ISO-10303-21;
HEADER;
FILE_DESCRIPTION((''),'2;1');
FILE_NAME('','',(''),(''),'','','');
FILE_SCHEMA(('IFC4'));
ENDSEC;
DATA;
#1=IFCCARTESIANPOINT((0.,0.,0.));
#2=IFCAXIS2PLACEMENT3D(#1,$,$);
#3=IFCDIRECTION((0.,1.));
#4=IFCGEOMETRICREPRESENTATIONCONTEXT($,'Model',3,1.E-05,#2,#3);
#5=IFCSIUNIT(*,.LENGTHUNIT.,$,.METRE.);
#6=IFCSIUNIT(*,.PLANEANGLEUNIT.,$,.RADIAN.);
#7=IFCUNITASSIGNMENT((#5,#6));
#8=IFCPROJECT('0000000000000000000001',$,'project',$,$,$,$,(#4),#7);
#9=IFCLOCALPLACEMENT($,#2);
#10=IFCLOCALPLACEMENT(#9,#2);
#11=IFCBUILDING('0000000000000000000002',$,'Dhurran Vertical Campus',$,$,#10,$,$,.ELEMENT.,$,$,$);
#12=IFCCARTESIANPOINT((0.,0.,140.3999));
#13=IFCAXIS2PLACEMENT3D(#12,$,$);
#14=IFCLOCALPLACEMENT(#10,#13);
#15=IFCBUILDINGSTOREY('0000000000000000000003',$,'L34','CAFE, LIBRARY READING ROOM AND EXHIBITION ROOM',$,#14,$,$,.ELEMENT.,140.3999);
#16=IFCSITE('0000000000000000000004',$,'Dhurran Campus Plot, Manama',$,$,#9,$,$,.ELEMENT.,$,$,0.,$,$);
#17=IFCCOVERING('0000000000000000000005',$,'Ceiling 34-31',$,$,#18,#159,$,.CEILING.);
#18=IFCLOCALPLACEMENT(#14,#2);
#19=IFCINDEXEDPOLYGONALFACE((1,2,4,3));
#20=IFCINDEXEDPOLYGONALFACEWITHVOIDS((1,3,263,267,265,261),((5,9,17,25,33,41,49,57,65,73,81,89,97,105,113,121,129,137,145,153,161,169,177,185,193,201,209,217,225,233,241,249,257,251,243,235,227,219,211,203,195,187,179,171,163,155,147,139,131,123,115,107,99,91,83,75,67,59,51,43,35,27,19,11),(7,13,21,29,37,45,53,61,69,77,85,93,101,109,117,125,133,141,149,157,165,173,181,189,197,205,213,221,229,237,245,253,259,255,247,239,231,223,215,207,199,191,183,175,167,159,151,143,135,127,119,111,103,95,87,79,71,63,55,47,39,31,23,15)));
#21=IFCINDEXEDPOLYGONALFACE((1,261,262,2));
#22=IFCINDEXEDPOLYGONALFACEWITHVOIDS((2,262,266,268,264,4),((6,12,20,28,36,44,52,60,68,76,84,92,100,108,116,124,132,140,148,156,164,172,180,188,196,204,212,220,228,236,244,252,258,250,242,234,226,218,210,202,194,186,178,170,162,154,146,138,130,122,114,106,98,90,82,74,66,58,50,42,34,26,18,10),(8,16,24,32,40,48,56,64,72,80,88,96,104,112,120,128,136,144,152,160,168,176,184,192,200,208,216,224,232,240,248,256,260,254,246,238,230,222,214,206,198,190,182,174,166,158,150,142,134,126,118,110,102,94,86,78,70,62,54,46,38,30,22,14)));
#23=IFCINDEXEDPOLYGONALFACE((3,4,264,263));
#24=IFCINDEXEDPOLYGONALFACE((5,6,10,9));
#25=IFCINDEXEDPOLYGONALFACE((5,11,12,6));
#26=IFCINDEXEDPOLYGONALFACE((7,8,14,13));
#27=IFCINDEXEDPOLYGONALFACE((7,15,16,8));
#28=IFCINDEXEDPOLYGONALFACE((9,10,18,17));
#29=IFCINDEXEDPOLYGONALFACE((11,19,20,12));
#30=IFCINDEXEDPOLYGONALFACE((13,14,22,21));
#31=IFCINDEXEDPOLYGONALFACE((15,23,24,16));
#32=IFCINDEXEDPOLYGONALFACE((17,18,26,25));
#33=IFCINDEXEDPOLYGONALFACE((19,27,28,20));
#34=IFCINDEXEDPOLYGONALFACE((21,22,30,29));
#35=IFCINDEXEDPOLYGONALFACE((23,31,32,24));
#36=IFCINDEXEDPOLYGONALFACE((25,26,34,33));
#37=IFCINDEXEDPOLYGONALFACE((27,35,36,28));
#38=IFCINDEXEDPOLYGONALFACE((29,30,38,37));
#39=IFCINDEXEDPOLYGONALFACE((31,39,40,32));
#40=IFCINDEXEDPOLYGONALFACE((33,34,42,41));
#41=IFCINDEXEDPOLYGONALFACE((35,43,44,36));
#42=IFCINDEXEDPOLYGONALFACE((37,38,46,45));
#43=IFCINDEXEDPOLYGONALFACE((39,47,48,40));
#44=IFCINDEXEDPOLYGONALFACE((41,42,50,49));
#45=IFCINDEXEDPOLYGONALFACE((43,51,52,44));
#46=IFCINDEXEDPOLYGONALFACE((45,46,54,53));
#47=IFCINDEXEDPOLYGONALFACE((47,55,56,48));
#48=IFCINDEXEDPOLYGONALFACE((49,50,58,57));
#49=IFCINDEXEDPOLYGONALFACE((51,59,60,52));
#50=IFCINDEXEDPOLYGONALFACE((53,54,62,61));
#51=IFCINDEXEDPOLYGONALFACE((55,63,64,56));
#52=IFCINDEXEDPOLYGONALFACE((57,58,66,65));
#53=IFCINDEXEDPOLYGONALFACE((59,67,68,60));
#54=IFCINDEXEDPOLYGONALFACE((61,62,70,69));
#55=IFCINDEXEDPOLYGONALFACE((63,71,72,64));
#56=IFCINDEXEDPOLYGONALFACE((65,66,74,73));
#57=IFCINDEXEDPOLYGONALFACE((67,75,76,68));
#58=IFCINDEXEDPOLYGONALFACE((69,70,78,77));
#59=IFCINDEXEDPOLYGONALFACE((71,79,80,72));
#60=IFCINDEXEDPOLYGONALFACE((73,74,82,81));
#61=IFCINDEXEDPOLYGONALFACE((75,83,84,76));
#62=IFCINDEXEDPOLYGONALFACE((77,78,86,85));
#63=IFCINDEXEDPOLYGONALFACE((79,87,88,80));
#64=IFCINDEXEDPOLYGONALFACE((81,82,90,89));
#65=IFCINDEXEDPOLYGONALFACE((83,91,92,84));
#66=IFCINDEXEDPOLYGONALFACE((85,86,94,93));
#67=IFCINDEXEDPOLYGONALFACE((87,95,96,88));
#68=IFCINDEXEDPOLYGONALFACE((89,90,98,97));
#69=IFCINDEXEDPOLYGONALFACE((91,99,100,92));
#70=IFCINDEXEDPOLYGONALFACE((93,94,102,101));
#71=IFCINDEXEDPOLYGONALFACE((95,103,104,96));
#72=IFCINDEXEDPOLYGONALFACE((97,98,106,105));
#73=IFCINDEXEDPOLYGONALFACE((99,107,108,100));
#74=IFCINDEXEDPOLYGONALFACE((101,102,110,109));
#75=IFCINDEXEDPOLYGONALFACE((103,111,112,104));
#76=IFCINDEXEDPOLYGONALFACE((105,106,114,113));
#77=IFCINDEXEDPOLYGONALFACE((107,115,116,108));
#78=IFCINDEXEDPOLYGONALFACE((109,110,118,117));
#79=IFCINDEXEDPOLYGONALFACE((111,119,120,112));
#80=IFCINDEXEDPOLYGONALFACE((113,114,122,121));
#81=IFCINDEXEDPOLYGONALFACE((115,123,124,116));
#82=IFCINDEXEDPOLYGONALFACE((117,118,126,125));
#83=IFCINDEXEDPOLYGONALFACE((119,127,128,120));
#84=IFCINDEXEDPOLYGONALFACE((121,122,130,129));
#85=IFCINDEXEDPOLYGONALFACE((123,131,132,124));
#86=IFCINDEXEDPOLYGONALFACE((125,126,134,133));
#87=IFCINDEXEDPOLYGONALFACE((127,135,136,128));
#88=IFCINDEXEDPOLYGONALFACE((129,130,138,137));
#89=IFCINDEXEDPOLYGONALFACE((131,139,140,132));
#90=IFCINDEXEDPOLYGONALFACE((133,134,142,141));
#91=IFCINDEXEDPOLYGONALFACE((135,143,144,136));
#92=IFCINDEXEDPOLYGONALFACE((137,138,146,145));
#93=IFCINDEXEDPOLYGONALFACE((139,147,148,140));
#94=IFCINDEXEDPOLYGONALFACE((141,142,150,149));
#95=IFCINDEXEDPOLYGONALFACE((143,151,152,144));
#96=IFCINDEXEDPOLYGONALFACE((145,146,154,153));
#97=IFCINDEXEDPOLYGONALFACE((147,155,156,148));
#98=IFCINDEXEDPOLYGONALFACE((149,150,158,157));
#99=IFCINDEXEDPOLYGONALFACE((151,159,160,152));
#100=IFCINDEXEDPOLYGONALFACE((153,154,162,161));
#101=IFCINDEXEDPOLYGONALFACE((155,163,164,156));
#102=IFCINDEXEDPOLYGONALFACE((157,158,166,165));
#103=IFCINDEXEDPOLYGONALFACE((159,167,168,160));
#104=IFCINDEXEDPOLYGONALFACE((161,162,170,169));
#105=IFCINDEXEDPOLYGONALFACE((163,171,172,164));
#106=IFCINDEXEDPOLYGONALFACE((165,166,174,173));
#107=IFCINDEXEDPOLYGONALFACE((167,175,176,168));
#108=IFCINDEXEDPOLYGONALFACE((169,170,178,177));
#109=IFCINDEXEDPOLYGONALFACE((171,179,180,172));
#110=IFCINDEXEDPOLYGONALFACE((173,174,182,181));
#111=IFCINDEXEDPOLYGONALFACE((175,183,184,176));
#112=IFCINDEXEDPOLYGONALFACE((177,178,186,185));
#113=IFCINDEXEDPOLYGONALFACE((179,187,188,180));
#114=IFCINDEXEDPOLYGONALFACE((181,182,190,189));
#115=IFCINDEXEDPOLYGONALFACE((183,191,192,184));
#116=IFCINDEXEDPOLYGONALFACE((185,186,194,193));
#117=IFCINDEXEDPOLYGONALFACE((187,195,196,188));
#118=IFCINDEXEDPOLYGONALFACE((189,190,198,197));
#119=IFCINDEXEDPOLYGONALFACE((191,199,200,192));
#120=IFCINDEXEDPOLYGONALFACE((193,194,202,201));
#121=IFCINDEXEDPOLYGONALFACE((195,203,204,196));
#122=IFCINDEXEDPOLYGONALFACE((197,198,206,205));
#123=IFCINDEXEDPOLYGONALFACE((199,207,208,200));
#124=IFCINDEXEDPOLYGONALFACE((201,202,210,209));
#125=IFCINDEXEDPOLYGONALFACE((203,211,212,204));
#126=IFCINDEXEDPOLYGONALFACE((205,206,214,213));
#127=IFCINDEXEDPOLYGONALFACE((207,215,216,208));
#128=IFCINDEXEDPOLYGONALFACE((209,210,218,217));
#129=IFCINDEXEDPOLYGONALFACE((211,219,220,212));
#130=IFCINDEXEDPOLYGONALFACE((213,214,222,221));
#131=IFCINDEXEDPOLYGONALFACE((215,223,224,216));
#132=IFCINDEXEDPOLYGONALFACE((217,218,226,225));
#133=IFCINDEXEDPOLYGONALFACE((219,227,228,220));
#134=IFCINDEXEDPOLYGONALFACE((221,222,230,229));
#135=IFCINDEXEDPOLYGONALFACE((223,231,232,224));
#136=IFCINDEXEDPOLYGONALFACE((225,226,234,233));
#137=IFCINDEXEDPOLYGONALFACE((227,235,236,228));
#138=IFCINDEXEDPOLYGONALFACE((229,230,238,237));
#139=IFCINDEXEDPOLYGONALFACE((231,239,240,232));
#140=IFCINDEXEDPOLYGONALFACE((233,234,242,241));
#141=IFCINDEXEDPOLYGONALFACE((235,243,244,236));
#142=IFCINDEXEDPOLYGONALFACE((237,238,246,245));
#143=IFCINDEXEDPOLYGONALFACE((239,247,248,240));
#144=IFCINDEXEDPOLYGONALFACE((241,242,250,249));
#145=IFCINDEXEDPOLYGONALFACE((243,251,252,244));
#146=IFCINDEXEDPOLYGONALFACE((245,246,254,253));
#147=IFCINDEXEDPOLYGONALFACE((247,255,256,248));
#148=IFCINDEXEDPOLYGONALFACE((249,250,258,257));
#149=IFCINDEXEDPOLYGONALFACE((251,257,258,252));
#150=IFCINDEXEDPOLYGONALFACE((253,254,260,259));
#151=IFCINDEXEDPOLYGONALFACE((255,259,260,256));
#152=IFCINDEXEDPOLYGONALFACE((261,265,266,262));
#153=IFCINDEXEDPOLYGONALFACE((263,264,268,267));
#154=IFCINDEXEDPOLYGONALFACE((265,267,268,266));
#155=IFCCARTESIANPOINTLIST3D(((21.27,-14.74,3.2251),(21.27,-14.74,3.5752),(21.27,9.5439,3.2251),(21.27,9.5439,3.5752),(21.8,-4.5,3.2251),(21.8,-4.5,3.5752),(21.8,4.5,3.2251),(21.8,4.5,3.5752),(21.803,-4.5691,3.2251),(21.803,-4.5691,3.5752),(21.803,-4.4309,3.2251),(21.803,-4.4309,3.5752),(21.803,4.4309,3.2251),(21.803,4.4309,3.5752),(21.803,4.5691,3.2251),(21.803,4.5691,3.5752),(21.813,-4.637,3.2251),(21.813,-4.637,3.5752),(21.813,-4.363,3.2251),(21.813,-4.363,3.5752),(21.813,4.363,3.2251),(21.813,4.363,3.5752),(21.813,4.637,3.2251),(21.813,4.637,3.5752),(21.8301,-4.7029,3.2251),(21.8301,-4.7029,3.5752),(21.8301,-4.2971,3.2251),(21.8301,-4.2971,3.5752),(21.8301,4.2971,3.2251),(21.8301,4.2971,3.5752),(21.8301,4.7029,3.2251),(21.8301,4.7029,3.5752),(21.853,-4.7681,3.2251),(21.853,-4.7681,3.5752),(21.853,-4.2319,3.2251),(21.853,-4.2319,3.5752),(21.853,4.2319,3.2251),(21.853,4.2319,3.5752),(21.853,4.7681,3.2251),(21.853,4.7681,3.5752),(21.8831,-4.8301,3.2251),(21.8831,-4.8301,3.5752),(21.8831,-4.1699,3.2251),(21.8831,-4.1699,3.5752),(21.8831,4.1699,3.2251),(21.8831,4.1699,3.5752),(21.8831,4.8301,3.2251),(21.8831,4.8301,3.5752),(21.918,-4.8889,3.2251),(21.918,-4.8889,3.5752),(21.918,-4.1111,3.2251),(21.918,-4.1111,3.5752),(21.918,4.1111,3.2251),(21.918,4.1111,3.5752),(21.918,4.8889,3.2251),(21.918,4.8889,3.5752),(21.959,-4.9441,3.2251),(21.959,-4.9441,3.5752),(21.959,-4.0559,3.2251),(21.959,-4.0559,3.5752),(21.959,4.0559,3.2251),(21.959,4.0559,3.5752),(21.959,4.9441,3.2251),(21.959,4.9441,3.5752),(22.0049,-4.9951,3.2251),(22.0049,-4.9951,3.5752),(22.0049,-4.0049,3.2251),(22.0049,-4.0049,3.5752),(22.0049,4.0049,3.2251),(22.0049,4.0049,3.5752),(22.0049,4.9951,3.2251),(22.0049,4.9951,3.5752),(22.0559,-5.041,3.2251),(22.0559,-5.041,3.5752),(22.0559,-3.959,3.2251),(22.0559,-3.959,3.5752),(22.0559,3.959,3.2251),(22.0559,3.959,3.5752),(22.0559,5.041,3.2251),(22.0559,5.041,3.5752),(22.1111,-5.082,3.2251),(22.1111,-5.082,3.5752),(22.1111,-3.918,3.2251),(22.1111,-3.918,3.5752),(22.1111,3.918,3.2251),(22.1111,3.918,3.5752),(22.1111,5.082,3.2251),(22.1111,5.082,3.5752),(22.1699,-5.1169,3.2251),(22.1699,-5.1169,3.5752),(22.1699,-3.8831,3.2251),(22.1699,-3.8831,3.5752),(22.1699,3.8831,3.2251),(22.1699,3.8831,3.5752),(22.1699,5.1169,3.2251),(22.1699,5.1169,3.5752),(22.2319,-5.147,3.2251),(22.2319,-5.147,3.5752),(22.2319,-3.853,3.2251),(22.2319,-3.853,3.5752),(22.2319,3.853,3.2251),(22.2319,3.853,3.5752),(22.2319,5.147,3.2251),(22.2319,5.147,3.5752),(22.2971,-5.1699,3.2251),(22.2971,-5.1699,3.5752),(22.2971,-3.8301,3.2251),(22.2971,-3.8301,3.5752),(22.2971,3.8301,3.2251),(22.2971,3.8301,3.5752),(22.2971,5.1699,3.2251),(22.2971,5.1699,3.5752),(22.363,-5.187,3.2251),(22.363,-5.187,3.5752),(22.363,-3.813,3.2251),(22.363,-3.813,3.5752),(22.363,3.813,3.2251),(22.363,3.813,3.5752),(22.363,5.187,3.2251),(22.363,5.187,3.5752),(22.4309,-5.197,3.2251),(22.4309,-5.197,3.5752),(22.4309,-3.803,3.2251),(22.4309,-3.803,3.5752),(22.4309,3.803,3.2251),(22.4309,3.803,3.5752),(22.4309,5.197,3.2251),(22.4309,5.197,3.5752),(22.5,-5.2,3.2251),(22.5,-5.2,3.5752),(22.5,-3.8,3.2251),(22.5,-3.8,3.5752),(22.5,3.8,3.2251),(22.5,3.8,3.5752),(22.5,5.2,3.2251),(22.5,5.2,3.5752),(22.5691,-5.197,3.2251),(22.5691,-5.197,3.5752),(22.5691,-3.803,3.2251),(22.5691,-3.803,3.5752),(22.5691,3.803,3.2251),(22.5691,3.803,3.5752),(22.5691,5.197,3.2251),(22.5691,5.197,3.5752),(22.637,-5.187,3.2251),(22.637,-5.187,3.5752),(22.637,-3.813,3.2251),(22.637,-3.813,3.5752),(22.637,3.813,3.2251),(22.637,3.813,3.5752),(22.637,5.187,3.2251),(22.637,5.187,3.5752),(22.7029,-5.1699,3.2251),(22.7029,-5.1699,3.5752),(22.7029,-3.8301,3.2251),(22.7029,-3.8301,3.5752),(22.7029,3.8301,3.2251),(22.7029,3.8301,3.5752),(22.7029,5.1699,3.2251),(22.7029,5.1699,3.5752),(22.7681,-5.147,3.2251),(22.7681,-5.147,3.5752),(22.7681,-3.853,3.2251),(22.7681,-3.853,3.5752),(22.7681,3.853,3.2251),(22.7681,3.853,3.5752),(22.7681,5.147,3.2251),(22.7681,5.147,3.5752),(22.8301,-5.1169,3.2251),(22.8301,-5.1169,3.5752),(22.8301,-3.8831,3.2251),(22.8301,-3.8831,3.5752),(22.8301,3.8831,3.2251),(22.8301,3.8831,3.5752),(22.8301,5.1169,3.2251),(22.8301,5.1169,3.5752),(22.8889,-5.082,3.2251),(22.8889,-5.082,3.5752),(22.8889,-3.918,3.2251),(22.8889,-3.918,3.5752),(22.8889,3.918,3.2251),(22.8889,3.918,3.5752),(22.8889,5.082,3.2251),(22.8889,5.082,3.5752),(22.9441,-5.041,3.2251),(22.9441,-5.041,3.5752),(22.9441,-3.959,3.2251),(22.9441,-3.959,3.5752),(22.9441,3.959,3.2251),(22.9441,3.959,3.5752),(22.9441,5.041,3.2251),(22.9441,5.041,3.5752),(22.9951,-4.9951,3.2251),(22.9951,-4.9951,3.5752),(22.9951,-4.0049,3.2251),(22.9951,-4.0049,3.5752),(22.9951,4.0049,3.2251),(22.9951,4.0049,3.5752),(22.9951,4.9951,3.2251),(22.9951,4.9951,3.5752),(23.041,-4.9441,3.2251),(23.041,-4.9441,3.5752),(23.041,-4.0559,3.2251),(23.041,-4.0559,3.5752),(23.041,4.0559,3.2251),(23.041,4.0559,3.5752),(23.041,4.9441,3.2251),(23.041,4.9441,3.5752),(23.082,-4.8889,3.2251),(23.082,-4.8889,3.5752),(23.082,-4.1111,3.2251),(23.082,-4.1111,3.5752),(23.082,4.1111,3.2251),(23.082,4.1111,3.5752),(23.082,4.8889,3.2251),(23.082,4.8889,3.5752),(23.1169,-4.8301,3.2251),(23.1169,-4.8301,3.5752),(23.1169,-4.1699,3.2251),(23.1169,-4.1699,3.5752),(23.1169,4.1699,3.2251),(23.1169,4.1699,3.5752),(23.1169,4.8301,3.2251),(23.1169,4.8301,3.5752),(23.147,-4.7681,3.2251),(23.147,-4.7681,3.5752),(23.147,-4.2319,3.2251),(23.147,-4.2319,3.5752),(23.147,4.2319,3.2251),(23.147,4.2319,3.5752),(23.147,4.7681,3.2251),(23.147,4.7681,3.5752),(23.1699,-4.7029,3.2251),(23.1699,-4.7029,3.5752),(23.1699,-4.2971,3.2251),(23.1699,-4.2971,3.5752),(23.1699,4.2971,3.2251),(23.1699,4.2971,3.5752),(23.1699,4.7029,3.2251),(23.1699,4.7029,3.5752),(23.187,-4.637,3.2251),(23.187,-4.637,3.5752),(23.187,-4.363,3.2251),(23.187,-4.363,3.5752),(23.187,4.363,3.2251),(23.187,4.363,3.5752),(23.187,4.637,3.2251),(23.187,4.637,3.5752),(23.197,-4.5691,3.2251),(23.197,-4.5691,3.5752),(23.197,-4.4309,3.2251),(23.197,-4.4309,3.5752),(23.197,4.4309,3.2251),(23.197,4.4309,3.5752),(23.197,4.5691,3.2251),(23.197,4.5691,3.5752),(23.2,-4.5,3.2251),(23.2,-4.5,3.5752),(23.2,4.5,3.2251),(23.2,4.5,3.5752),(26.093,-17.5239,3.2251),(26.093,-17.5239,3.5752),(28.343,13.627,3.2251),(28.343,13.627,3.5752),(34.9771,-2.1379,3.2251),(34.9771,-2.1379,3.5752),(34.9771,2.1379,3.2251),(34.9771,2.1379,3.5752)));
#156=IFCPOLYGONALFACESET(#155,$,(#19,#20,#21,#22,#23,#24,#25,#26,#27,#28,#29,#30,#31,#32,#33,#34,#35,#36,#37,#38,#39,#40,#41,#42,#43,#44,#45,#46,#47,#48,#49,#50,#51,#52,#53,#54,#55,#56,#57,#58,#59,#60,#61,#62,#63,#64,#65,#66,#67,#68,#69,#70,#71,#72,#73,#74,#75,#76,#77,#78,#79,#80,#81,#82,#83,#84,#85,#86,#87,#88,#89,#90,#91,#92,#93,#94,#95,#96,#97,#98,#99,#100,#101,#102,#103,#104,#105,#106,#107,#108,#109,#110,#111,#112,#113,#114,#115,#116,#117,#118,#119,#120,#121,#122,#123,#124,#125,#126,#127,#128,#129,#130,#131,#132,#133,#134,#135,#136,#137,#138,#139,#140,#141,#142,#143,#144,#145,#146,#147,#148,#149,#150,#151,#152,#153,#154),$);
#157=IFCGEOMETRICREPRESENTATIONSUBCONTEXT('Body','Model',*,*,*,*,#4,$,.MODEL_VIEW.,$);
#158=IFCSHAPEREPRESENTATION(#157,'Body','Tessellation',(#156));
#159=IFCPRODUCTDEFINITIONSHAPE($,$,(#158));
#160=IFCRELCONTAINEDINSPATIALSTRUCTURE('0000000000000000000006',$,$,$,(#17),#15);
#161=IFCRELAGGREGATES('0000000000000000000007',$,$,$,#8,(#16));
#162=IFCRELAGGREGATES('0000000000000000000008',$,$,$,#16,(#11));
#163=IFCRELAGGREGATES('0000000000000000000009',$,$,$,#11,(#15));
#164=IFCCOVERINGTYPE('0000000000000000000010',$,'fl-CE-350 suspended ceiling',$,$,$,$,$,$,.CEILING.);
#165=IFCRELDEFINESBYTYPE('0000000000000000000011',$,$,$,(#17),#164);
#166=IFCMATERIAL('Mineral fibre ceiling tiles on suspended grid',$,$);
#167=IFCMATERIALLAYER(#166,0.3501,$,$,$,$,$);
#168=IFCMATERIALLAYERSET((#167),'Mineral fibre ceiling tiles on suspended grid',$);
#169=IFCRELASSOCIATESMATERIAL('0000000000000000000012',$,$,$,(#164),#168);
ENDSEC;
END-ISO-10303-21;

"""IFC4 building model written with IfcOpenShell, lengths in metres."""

from ifc_helpers import new_model, si_unit, direction, frame, origin, place, context, subcontext, project, spatial, polyline, outline, extrude, material, layer, layer_set, type_object, element, save


model = new_model("IFC4")

# Units and contexts
model_context = context("Model", 3, precision=1e-05, world=origin(), true_north=direction((0.0, 1.0)))
body_context = subcontext(model_context, "Body", "Model", "MODEL_VIEW")
ifc_project = project(units=[si_unit("LENGTHUNIT", "METRE"), si_unit("PLANEANGLEUNIT", "RADIAN")], contexts=[model_context])

# Site, building, storey
site_placement = place(None, origin())
site = spatial("IfcSite", under=ifc_project, at=site_placement, Name="Dhurran Campus Plot, Manama", CompositionType="ELEMENT", RefElevation=0.0)
building_placement = place(site_placement, origin())
building = spatial("IfcBuilding", under=site, at=building_placement, Name="Dhurran Vertical Campus", CompositionType="ELEMENT")
storey_placement = place(building_placement, frame((0.0, 0.0, 140.3999)))
storey = spatial("IfcBuildingStorey", under=building, at=storey_placement, Name="L34", Description="CAFE, LIBRARY READING ROOM AND EXHIBITION ROOM", CompositionType="ELEMENT", Elevation=140.3999)

# Covering
ifc_material_1 = material(Name="Mineral fibre ceiling tiles on suspended grid")
ifc_layer_1 = layer(ifc_material_1, 0.3501)
ifc_layer_set_1 = layer_set([ifc_layer_1], Name="Mineral fibre ceiling tiles on suspended grid")
covering_type = type_object("IfcCoveringType", Name="fl-CE-350 suspended ceiling", PredefinedType="CEILING", material=ifc_layer_set_1)
covering_1_placement = place(storey_placement, frame((0.0, 0.0, 3.2251)))
element("IfcCovering", 1, at=covering_1_placement, inside=storey, type_object=covering_type, Name="Ceiling 34-31", PredefinedType="CEILING", context=body_context, shape_type="SweptSolid", body=[
    extrude(outline(polyline([(28.343, 13.627), (34.9771, 2.1379), (34.9771, -2.1379), (26.093, -17.5239), (21.27, -14.74), (21.27, 9.5439), (28.343, 13.627)]), holes=[polyline([(23.187, -4.363), (23.1699, -4.2971), (23.147, -4.2319), (23.1169, -4.1699), (23.082, -4.1111), (23.041, -4.0559), (22.9951, -4.0049), (22.9441, -3.959), (22.8889, -3.918), (22.8301, -3.8831), (22.7681, -3.853), (22.7029, -3.8301), (22.637, -3.813), (22.5691, -3.803), (22.5, -3.8), (22.4309, -3.803), (22.363, -3.813), (22.2971, -3.8301), (22.2319, -3.853), (22.1699, -3.8831), (22.1111, -3.918), (22.0559, -3.959), (22.0049, -4.0049), (21.959, -4.0559), (21.918, -4.1111), (21.8831, -4.1699), (21.853, -4.2319), (21.8301, -4.2971), (21.813, -4.363), (21.803, -4.4309), (21.8, -4.5), (21.803, -4.5691), (21.813, -4.637), (21.8301, -4.7029), (21.853, -4.7681), (21.8831, -4.8301), (21.918, -4.8889), (21.959, -4.9441), (22.0049, -4.9951), (22.0559, -5.041), (22.1111, -5.082), (22.1699, -5.1169), (22.2319, -5.147), (22.2971, -5.1699), (22.363, -5.187), (22.4309, -5.197), (22.5, -5.2), (22.5691, -5.197), (22.637, -5.187), (22.7029, -5.1699), (22.7681, -5.147), (22.8301, -5.1169), (22.8889, -5.082), (22.9441, -5.041), (22.9951, -4.9951), (23.041, -4.9441), (23.082, -4.8889), (23.1169, -4.8301), (23.147, -4.7681), (23.1699, -4.7029), (23.187, -4.637), (23.197, -4.5691), (23.2, -4.5), (23.197, -4.4309), (23.187, -4.363)]), polyline([(23.197, 4.5691), (23.187, 4.637), (23.1699, 4.7029), (23.147, 4.7681), (23.1169, 4.8301), (23.082, 4.8889), (23.041, 4.9441), (22.9951, 4.9951), (22.9441, 5.041), (22.8889, 5.082), (22.8301, 5.1169), (22.7681, 5.147), (22.7029, 5.1699), (22.637, 5.187), (22.5691, 5.197), (22.5, 5.2), (22.4309, 5.197), (22.363, 5.187), (22.2971, 5.1699), (22.2319, 5.147), (22.1699, 5.1169), (22.1111, 5.082), (22.0559, 5.041), (22.0049, 4.9951), (21.959, 4.9441), (21.918, 4.8889), (21.8831, 4.8301), (21.853, 4.7681), (21.8301, 4.7029), (21.813, 4.637), (21.803, 4.5691), (21.8, 4.5), (21.803, 4.4309), (21.813, 4.363), (21.8301, 4.2971), (21.853, 4.2319), (21.8831, 4.1699), (21.918, 4.1111), (21.959, 4.0559), (22.0049, 4.0049), (22.0559, 3.959), (22.1111, 3.918), (22.1699, 3.8831), (22.2319, 3.853), (22.2971, 3.8301), (22.363, 3.813), (22.4309, 3.803), (22.5, 3.8), (22.5691, 3.803), (22.637, 3.813), (22.7029, 3.8301), (22.7681, 3.853), (22.8301, 3.8831), (22.8889, 3.918), (22.9441, 3.959), (22.9951, 4.0049), (23.041, 4.0559), (23.082, 4.1111), (23.1169, 4.1699), (23.147, 4.2319), (23.1699, 4.2971), (23.187, 4.363), (23.197, 4.4309), (23.2, 4.5), (23.197, 4.5691)])]), origin(), (0.0, 0.0, 1.0), 0.3501),
])

save(model, "model.ifc")
